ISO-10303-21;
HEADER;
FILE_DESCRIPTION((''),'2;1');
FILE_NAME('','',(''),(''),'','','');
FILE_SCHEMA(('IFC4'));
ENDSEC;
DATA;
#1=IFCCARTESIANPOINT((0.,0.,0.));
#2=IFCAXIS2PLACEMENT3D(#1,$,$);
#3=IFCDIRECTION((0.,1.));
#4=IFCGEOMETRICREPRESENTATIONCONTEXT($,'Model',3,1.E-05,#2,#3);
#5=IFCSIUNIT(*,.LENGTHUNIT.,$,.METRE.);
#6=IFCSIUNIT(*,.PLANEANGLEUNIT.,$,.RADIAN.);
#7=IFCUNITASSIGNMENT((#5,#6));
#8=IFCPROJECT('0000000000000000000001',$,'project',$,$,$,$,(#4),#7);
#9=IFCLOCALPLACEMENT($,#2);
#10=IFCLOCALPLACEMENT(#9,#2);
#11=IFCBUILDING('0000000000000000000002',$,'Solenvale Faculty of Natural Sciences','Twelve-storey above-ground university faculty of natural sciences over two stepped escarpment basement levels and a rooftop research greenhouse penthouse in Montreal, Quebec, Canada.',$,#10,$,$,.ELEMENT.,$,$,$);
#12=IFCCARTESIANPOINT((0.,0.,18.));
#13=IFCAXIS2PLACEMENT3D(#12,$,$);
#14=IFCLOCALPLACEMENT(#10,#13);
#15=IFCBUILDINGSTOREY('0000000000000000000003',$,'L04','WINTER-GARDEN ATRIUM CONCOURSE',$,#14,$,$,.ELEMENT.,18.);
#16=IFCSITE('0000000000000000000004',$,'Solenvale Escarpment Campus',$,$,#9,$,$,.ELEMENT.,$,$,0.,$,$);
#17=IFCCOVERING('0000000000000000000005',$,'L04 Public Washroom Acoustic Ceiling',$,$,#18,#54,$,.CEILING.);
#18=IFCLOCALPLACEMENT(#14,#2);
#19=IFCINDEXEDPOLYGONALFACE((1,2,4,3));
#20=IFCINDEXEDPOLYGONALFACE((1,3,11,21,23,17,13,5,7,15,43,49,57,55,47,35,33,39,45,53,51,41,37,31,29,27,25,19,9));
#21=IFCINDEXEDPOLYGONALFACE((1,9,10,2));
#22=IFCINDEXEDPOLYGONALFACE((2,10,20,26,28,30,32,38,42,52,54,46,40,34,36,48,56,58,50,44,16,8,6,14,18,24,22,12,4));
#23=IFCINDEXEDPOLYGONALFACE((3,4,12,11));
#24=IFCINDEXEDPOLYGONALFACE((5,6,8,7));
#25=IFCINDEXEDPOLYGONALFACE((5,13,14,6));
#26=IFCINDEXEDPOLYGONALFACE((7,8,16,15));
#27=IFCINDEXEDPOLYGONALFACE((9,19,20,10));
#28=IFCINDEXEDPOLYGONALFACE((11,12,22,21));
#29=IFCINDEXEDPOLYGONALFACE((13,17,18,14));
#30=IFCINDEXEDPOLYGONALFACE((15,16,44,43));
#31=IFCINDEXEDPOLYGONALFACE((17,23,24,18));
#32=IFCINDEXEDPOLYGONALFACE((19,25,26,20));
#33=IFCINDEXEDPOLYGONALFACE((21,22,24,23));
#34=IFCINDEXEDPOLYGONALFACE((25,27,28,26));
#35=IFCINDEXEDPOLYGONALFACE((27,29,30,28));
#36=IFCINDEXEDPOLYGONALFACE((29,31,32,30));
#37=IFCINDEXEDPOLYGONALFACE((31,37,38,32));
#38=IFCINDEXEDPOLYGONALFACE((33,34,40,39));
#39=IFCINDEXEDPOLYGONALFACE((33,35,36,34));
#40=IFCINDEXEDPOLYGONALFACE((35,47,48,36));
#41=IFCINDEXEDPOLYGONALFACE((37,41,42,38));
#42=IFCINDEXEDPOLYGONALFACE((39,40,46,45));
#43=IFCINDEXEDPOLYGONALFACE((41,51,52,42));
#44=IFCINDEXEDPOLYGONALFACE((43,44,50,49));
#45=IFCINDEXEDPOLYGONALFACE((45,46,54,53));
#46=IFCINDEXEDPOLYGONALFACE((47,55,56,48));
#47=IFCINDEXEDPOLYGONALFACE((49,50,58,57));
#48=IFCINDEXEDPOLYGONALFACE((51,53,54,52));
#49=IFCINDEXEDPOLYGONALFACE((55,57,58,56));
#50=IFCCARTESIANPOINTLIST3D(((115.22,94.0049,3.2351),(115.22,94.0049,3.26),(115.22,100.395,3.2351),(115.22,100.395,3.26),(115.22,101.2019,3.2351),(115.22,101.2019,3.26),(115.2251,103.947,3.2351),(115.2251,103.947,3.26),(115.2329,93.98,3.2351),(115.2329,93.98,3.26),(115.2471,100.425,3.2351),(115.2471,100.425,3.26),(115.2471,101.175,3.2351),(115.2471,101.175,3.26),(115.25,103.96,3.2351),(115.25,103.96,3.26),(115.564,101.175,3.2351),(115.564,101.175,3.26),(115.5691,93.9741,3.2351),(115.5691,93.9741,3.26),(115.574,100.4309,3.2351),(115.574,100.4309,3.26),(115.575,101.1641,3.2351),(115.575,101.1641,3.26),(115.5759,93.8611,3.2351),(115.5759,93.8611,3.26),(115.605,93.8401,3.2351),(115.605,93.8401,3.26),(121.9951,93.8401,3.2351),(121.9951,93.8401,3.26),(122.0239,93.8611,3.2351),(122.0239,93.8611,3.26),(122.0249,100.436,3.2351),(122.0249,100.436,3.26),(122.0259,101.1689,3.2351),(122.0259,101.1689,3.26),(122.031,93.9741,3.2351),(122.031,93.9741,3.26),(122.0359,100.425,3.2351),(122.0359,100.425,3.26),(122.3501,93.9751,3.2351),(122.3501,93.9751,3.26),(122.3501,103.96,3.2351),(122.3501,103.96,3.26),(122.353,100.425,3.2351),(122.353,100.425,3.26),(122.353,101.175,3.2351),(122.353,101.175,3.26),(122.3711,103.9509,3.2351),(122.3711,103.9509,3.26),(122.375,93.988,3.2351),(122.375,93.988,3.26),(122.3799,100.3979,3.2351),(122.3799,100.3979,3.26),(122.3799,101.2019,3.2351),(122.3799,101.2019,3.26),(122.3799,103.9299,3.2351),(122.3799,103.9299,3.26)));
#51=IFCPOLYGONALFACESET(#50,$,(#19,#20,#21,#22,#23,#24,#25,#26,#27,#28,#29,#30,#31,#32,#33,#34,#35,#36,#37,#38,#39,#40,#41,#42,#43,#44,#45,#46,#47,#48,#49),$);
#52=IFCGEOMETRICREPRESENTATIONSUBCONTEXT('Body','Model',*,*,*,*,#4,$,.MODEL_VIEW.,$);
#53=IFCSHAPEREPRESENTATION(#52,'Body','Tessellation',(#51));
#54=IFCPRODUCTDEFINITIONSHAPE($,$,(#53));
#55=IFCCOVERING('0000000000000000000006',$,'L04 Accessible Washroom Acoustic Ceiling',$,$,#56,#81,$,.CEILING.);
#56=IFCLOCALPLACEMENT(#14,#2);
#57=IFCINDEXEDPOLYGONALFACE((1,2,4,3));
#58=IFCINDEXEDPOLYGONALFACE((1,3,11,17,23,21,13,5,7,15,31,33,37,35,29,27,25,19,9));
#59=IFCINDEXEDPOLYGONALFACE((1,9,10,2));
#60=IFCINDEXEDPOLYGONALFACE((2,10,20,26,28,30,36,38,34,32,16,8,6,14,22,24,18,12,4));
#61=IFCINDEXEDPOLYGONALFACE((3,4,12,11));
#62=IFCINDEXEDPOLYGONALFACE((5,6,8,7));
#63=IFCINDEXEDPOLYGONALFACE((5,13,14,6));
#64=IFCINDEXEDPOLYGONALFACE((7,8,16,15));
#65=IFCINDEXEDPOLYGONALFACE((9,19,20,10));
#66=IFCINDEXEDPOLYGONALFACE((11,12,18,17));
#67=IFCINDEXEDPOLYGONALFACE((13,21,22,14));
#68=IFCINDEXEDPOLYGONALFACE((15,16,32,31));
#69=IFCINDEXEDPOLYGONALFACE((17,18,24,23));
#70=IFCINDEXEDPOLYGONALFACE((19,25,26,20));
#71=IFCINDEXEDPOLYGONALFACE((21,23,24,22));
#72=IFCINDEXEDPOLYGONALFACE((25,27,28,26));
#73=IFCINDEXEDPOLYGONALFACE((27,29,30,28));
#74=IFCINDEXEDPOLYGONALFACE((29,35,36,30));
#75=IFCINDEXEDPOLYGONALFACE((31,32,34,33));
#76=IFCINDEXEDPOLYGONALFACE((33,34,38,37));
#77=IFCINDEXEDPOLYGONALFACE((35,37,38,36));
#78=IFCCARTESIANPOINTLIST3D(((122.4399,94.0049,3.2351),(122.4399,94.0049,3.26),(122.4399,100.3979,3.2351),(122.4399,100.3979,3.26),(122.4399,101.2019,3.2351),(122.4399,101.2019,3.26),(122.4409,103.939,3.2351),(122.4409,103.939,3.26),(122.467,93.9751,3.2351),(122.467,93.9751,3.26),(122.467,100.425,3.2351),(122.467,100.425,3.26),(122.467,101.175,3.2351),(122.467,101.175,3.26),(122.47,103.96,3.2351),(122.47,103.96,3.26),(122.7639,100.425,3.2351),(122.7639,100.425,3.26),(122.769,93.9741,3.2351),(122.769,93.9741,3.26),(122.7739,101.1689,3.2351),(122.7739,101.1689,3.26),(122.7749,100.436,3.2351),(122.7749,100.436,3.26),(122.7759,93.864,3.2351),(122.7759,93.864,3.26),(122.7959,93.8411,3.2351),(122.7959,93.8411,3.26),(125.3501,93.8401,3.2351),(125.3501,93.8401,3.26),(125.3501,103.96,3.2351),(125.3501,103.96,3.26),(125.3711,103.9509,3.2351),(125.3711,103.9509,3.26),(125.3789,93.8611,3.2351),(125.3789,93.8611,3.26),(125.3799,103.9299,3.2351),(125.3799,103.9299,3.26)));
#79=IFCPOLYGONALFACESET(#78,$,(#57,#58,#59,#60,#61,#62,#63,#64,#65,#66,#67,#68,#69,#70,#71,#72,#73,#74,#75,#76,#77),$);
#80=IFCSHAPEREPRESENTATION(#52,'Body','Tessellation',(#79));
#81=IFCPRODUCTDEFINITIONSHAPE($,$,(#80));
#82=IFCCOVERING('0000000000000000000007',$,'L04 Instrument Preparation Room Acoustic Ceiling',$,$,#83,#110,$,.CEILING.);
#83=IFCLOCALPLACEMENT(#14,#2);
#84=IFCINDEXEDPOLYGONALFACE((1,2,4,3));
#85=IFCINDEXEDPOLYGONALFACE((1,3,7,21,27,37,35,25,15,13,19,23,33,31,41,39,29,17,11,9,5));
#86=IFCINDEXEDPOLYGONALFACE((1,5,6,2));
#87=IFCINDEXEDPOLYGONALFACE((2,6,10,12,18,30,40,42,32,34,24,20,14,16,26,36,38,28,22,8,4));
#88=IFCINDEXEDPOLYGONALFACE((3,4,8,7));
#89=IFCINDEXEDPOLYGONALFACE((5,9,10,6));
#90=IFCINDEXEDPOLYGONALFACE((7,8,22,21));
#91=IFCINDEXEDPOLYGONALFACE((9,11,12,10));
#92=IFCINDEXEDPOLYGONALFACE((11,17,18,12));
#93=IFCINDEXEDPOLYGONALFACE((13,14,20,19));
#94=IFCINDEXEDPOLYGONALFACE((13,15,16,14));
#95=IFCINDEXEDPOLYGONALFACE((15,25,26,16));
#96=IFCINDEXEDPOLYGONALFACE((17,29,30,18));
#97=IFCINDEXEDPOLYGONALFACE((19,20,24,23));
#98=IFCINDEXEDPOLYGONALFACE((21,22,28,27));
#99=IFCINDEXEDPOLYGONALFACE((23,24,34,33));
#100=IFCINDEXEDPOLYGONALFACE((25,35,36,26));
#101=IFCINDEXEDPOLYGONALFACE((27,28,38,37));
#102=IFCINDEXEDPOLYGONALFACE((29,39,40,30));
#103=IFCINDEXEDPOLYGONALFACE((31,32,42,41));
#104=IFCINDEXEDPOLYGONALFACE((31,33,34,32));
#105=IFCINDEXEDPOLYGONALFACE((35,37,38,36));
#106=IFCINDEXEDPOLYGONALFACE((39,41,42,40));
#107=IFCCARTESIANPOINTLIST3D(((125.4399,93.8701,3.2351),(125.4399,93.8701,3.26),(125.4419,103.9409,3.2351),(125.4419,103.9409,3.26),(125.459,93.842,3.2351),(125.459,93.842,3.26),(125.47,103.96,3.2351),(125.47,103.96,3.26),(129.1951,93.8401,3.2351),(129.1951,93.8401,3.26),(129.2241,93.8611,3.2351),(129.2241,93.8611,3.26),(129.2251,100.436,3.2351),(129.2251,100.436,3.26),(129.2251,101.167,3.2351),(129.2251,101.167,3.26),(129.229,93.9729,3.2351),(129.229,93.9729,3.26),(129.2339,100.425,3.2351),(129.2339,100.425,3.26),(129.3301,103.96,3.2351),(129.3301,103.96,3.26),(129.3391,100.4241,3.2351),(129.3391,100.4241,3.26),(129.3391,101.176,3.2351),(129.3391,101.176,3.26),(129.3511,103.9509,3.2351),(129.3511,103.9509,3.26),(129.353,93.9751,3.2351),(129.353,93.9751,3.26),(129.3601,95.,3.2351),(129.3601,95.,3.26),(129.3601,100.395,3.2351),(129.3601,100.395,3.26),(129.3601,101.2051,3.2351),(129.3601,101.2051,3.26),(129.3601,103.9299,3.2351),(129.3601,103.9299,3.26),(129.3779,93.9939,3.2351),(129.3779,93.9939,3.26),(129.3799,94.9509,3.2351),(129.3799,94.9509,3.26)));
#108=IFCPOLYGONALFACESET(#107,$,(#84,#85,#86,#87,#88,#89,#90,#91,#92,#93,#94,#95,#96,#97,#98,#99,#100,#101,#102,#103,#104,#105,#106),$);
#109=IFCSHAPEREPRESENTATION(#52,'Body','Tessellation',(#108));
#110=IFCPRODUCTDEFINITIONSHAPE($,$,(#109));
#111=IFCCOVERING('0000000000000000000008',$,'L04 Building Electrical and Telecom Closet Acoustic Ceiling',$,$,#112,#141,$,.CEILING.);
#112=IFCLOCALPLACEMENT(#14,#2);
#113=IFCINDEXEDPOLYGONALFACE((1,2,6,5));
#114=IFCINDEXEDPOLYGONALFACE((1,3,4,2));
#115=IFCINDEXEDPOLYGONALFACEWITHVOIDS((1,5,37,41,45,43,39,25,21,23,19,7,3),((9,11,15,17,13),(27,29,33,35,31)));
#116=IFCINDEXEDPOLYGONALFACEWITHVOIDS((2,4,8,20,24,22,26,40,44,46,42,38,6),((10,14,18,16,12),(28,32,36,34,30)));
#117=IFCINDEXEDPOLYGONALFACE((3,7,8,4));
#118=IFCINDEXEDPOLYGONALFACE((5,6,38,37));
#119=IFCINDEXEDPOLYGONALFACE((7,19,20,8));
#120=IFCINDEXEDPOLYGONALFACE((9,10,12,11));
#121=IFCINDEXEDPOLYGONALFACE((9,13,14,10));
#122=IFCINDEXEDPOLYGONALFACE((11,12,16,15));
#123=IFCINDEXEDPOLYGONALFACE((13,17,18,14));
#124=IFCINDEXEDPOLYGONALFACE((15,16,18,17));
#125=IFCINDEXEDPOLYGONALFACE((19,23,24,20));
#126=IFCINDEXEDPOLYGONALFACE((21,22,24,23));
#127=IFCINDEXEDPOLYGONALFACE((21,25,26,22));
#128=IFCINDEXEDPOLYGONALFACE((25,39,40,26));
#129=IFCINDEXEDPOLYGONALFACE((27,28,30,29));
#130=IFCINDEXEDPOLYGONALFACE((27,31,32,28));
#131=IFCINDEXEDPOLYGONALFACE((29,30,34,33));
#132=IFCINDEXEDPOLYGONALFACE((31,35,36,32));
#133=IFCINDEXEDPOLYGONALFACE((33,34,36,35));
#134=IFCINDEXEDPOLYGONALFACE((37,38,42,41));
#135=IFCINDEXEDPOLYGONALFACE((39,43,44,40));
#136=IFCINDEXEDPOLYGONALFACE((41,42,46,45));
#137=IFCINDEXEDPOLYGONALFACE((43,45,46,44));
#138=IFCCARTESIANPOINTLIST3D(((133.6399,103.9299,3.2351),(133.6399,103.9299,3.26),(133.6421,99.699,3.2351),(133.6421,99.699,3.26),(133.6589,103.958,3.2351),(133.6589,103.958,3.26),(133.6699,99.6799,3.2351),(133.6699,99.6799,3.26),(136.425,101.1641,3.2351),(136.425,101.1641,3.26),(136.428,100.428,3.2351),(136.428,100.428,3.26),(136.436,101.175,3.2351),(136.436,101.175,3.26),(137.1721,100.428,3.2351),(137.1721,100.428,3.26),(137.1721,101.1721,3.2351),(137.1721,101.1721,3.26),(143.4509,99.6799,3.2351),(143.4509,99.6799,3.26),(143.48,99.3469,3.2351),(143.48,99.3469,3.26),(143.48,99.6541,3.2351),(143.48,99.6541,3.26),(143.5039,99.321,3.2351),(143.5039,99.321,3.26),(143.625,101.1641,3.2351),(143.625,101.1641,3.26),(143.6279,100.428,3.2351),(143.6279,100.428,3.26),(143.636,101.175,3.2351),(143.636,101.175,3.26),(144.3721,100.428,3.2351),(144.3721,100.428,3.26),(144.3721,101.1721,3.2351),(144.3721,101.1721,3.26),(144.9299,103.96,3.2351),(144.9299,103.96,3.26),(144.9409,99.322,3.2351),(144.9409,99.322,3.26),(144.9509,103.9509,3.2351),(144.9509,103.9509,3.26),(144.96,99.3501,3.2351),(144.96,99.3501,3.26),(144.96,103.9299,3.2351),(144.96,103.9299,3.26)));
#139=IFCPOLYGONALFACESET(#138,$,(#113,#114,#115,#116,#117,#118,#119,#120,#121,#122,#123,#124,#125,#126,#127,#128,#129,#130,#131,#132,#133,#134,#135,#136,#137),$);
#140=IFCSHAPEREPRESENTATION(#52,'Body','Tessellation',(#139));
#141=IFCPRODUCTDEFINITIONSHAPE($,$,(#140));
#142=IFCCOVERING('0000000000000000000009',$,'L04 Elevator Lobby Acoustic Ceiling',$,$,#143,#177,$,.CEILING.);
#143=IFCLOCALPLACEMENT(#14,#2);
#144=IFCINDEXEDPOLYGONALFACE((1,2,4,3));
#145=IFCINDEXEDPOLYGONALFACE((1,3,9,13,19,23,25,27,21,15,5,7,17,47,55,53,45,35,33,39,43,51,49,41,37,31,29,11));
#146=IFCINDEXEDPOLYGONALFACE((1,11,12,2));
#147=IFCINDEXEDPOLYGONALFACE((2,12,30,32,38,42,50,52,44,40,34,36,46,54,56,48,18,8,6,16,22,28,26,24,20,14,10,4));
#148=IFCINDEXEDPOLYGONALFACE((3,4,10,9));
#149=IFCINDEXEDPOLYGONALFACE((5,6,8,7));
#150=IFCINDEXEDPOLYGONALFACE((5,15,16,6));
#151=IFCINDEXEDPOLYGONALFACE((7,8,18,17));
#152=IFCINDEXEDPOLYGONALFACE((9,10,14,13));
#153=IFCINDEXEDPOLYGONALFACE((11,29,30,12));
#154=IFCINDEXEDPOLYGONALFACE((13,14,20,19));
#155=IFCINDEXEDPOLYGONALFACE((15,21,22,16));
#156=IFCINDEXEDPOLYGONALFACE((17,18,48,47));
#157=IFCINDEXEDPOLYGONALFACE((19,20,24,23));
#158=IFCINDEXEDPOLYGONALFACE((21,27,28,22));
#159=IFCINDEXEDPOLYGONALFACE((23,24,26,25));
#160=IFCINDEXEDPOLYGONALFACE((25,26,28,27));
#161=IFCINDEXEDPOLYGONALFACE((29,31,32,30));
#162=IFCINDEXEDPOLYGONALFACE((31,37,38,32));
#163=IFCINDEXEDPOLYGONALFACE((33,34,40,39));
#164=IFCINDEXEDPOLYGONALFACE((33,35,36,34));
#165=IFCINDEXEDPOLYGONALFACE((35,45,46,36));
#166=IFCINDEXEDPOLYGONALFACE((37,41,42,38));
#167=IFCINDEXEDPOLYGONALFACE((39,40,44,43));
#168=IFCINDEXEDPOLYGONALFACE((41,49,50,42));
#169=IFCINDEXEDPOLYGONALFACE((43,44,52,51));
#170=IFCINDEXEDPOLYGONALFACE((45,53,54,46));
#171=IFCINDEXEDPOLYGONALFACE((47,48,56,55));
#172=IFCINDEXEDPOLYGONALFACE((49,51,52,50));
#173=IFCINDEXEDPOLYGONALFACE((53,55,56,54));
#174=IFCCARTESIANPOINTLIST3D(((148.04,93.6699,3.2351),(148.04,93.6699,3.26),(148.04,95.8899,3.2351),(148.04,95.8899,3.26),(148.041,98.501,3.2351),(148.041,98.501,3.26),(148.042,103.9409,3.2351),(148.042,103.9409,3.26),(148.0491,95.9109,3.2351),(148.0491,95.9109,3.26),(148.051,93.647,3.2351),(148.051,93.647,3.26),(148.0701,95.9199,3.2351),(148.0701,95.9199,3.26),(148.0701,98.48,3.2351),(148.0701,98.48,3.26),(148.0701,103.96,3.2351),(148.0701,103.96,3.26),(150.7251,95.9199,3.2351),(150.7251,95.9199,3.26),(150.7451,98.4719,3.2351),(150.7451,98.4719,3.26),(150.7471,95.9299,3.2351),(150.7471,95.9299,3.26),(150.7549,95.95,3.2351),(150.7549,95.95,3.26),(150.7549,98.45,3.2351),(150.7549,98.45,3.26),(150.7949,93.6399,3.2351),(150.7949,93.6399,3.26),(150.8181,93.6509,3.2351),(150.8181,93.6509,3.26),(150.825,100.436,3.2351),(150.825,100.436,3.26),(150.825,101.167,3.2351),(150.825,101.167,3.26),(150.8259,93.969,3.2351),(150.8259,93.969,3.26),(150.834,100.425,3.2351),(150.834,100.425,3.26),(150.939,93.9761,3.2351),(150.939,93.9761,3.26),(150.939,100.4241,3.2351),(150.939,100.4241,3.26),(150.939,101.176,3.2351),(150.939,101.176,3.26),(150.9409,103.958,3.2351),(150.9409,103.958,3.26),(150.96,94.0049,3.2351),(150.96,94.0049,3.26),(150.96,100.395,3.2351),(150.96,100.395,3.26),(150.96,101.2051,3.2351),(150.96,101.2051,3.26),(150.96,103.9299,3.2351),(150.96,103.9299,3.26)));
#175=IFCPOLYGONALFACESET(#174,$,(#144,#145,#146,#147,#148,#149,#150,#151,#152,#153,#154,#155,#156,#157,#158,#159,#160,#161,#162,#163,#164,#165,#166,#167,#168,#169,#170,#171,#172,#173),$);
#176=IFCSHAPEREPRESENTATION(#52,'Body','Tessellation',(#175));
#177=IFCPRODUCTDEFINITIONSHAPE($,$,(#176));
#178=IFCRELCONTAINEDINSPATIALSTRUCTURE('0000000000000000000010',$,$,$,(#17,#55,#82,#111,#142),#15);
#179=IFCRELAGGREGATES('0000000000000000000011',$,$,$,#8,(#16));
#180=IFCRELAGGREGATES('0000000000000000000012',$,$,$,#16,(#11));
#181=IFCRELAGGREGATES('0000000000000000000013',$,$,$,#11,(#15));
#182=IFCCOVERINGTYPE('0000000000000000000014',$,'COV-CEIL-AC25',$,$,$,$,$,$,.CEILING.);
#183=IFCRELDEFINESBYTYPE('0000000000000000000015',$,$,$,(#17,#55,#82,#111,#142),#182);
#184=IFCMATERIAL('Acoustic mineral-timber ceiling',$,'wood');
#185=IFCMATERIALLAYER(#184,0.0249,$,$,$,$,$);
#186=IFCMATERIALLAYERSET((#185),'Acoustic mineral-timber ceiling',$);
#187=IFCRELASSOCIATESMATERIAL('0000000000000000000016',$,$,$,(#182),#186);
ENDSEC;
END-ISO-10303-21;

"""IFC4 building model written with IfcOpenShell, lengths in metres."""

from ifc_helpers import new_model, si_unit, direction, frame, origin, place, context, subcontext, project, spatial, polyline, outline, extrude, material, layer, layer_set, type_object, element, save


model = new_model("IFC4")

# Units and contexts
model_context = context("Model", 3, precision=1e-05, world=origin(), true_north=direction((0.0, 1.0)))
body_context = subcontext(model_context, "Body", "Model", "MODEL_VIEW")
ifc_project = project(units=[si_unit("LENGTHUNIT", "METRE"), si_unit("PLANEANGLEUNIT", "RADIAN")], contexts=[model_context])

# Site, building, storey
site_placement = place(None, origin())
site = spatial("IfcSite", under=ifc_project, at=site_placement, Name="Solenvale Escarpment Campus", CompositionType="ELEMENT", RefElevation=0.0)
building_placement = place(site_placement, origin())
building = spatial("IfcBuilding", under=site, at=building_placement, Name="Solenvale Faculty of Natural Sciences", Description="Twelve-storey above-ground university faculty of natural sciences over two stepped escarpment basement levels and a rooftop research greenhouse penthouse in Montreal, Quebec, Canada.", CompositionType="ELEMENT")
storey_placement = place(building_placement, frame((0.0, 0.0, 18.0)))
storey = spatial("IfcBuildingStorey", under=building, at=storey_placement, Name="L04", Description="WINTER-GARDEN ATRIUM CONCOURSE", CompositionType="ELEMENT", Elevation=18.0)

# Coverings
ifc_material_1 = material(Name="Acoustic mineral-timber ceiling", Category="wood")
ifc_layer_1 = layer(ifc_material_1, 0.0249)
ifc_layer_set_1 = layer_set([ifc_layer_1], Name="Acoustic mineral-timber ceiling")
covering_type_1 = type_object("IfcCoveringType", Name="COV-CEIL-AC25", PredefinedType="CEILING", material=ifc_layer_set_1)
covering_1_placement = place(storey_placement, frame((0.0, 0.0, 3.2351)))
element("IfcCovering", 1, at=covering_1_placement, inside=storey, type_object=covering_type_1, Name="L04 Public Washroom Acoustic Ceiling", PredefinedType="CEILING", context=body_context, shape_type="SweptSolid", body=[
    extrude(outline(polyline([(122.3501, 103.96), (122.3711, 103.9509), (122.3799, 103.9299), (122.3799, 101.2019), (122.353, 101.175), (122.0259, 101.1689), (122.0249, 100.436), (122.0359, 100.425), (122.353, 100.425), (122.3799, 100.3979), (122.375, 93.988), (122.3501, 93.9751), (122.031, 93.9741), (122.0239, 93.8611), (121.9951, 93.8401), (115.605, 93.8401), (115.5759, 93.8611), (115.5691, 93.9741), (115.2329, 93.98), (115.22, 94.0049), (115.22, 100.395), (115.2471, 100.425), (115.574, 100.4309), (115.575, 101.1641), (115.564, 101.175), (115.2471, 101.175), (115.22, 101.2019), (115.2251, 103.947), (115.25, 103.96), (122.3501, 103.96)])), origin(), (0.0, 0.0, 1.0), 0.0249),
])
covering_2_placement = place(storey_placement, frame((0.0, 0.0, 3.2351)))
element("IfcCovering", 2, at=covering_2_placement, inside=storey, type_object=covering_type_1, Name="L04 Accessible Washroom Acoustic Ceiling", PredefinedType="CEILING", context=body_context, shape_type="SweptSolid", body=[
    extrude(outline(polyline([(125.3501, 103.96), (125.3711, 103.9509), (125.3799, 103.9299), (125.3789, 93.8611), (125.3501, 93.8401), (122.7959, 93.8411), (122.7759, 93.864), (122.769, 93.9741), (122.467, 93.9751), (122.4399, 94.0049), (122.4399, 100.3979), (122.467, 100.425), (122.7639, 100.425), (122.7749, 100.436), (122.7739, 101.1689), (122.467, 101.175), (122.4399, 101.2019), (122.4409, 103.939), (122.47, 103.96), (125.3501, 103.96)])), origin(), (0.0, 0.0, 1.0), 0.0249),
])
covering_3_placement = place(storey_placement, frame((0.0, 0.0, 3.2351)))
element("IfcCovering", 3, at=covering_3_placement, inside=storey, type_object=covering_type_1, Name="L04 Instrument Preparation Room Acoustic Ceiling", PredefinedType="CEILING", context=body_context, shape_type="SweptSolid", body=[
    extrude(outline(polyline([(129.3301, 103.96), (129.3511, 103.9509), (129.3601, 103.9299), (129.3601, 101.2051), (129.3391, 101.176), (129.2251, 101.167), (129.2251, 100.436), (129.2339, 100.425), (129.3391, 100.4241), (129.3601, 100.395), (129.3601, 95.0), (129.3799, 94.9509), (129.3779, 93.9939), (129.353, 93.9751), (129.229, 93.9729), (129.2241, 93.8611), (129.1951, 93.8401), (125.459, 93.842), (125.4399, 93.8701), (125.4419, 103.9409), (125.47, 103.96), (129.3301, 103.96)])), origin(), (0.0, 0.0, 1.0), 0.0249),
])
covering_4_placement = place(storey_placement, frame((0.0, 0.0, 3.2351)))
element("IfcCovering", 4, at=covering_4_placement, inside=storey, type_object=covering_type_1, Name="L04 Building Electrical and Telecom Closet Acoustic Ceiling", PredefinedType="CEILING", context=body_context, shape_type="SweptSolid", body=[
    extrude(outline(polyline([(144.9299, 103.96), (144.9509, 103.9509), (144.96, 103.9299), (144.96, 99.3501), (144.9409, 99.322), (143.5039, 99.321), (143.48, 99.3469), (143.48, 99.6541), (143.4509, 99.6799), (133.6699, 99.6799), (133.6421, 99.699), (133.6399, 103.9299), (133.6589, 103.958), (144.9299, 103.96)]), holes=[polyline([(143.636, 101.175), (143.625, 101.1641), (143.6279, 100.428), (144.3721, 100.428), (144.3721, 101.1721), (143.636, 101.175)]), polyline([(136.436, 101.175), (136.425, 101.1641), (136.428, 100.428), (137.1721, 100.428), (137.1721, 101.1721), (136.436, 101.175)])]), origin(), (0.0, 0.0, 1.0), 0.0249),
])
covering_5_placement = place(storey_placement, frame((0.0, 0.0, 3.2351)))
element("IfcCovering", 5, at=covering_5_placement, inside=storey, type_object=covering_type_1, Name="L04 Elevator Lobby Acoustic Ceiling", PredefinedType="CEILING", context=body_context, shape_type="SweptSolid", body=[
    extrude(outline(polyline([(148.04, 95.8899), (148.0491, 95.9109), (148.0701, 95.9199), (150.7251, 95.9199), (150.7471, 95.9299), (150.7549, 95.95), (150.7549, 98.45), (150.7451, 98.4719), (148.0701, 98.48), (148.041, 98.501), (148.042, 103.9409), (148.0701, 103.96), (150.9409, 103.958), (150.96, 103.9299), (150.96, 101.2051), (150.939, 101.176), (150.825, 101.167), (150.825, 100.436), (150.834, 100.425), (150.939, 100.4241), (150.96, 100.395), (150.96, 94.0049), (150.939, 93.9761), (150.8259, 93.969), (150.8181, 93.6509), (150.7949, 93.6399), (148.051, 93.647), (148.04, 93.6699), (148.04, 95.8899)])), origin(), (0.0, 0.0, 1.0), 0.0249),
])

save(model, "model.ifc")
